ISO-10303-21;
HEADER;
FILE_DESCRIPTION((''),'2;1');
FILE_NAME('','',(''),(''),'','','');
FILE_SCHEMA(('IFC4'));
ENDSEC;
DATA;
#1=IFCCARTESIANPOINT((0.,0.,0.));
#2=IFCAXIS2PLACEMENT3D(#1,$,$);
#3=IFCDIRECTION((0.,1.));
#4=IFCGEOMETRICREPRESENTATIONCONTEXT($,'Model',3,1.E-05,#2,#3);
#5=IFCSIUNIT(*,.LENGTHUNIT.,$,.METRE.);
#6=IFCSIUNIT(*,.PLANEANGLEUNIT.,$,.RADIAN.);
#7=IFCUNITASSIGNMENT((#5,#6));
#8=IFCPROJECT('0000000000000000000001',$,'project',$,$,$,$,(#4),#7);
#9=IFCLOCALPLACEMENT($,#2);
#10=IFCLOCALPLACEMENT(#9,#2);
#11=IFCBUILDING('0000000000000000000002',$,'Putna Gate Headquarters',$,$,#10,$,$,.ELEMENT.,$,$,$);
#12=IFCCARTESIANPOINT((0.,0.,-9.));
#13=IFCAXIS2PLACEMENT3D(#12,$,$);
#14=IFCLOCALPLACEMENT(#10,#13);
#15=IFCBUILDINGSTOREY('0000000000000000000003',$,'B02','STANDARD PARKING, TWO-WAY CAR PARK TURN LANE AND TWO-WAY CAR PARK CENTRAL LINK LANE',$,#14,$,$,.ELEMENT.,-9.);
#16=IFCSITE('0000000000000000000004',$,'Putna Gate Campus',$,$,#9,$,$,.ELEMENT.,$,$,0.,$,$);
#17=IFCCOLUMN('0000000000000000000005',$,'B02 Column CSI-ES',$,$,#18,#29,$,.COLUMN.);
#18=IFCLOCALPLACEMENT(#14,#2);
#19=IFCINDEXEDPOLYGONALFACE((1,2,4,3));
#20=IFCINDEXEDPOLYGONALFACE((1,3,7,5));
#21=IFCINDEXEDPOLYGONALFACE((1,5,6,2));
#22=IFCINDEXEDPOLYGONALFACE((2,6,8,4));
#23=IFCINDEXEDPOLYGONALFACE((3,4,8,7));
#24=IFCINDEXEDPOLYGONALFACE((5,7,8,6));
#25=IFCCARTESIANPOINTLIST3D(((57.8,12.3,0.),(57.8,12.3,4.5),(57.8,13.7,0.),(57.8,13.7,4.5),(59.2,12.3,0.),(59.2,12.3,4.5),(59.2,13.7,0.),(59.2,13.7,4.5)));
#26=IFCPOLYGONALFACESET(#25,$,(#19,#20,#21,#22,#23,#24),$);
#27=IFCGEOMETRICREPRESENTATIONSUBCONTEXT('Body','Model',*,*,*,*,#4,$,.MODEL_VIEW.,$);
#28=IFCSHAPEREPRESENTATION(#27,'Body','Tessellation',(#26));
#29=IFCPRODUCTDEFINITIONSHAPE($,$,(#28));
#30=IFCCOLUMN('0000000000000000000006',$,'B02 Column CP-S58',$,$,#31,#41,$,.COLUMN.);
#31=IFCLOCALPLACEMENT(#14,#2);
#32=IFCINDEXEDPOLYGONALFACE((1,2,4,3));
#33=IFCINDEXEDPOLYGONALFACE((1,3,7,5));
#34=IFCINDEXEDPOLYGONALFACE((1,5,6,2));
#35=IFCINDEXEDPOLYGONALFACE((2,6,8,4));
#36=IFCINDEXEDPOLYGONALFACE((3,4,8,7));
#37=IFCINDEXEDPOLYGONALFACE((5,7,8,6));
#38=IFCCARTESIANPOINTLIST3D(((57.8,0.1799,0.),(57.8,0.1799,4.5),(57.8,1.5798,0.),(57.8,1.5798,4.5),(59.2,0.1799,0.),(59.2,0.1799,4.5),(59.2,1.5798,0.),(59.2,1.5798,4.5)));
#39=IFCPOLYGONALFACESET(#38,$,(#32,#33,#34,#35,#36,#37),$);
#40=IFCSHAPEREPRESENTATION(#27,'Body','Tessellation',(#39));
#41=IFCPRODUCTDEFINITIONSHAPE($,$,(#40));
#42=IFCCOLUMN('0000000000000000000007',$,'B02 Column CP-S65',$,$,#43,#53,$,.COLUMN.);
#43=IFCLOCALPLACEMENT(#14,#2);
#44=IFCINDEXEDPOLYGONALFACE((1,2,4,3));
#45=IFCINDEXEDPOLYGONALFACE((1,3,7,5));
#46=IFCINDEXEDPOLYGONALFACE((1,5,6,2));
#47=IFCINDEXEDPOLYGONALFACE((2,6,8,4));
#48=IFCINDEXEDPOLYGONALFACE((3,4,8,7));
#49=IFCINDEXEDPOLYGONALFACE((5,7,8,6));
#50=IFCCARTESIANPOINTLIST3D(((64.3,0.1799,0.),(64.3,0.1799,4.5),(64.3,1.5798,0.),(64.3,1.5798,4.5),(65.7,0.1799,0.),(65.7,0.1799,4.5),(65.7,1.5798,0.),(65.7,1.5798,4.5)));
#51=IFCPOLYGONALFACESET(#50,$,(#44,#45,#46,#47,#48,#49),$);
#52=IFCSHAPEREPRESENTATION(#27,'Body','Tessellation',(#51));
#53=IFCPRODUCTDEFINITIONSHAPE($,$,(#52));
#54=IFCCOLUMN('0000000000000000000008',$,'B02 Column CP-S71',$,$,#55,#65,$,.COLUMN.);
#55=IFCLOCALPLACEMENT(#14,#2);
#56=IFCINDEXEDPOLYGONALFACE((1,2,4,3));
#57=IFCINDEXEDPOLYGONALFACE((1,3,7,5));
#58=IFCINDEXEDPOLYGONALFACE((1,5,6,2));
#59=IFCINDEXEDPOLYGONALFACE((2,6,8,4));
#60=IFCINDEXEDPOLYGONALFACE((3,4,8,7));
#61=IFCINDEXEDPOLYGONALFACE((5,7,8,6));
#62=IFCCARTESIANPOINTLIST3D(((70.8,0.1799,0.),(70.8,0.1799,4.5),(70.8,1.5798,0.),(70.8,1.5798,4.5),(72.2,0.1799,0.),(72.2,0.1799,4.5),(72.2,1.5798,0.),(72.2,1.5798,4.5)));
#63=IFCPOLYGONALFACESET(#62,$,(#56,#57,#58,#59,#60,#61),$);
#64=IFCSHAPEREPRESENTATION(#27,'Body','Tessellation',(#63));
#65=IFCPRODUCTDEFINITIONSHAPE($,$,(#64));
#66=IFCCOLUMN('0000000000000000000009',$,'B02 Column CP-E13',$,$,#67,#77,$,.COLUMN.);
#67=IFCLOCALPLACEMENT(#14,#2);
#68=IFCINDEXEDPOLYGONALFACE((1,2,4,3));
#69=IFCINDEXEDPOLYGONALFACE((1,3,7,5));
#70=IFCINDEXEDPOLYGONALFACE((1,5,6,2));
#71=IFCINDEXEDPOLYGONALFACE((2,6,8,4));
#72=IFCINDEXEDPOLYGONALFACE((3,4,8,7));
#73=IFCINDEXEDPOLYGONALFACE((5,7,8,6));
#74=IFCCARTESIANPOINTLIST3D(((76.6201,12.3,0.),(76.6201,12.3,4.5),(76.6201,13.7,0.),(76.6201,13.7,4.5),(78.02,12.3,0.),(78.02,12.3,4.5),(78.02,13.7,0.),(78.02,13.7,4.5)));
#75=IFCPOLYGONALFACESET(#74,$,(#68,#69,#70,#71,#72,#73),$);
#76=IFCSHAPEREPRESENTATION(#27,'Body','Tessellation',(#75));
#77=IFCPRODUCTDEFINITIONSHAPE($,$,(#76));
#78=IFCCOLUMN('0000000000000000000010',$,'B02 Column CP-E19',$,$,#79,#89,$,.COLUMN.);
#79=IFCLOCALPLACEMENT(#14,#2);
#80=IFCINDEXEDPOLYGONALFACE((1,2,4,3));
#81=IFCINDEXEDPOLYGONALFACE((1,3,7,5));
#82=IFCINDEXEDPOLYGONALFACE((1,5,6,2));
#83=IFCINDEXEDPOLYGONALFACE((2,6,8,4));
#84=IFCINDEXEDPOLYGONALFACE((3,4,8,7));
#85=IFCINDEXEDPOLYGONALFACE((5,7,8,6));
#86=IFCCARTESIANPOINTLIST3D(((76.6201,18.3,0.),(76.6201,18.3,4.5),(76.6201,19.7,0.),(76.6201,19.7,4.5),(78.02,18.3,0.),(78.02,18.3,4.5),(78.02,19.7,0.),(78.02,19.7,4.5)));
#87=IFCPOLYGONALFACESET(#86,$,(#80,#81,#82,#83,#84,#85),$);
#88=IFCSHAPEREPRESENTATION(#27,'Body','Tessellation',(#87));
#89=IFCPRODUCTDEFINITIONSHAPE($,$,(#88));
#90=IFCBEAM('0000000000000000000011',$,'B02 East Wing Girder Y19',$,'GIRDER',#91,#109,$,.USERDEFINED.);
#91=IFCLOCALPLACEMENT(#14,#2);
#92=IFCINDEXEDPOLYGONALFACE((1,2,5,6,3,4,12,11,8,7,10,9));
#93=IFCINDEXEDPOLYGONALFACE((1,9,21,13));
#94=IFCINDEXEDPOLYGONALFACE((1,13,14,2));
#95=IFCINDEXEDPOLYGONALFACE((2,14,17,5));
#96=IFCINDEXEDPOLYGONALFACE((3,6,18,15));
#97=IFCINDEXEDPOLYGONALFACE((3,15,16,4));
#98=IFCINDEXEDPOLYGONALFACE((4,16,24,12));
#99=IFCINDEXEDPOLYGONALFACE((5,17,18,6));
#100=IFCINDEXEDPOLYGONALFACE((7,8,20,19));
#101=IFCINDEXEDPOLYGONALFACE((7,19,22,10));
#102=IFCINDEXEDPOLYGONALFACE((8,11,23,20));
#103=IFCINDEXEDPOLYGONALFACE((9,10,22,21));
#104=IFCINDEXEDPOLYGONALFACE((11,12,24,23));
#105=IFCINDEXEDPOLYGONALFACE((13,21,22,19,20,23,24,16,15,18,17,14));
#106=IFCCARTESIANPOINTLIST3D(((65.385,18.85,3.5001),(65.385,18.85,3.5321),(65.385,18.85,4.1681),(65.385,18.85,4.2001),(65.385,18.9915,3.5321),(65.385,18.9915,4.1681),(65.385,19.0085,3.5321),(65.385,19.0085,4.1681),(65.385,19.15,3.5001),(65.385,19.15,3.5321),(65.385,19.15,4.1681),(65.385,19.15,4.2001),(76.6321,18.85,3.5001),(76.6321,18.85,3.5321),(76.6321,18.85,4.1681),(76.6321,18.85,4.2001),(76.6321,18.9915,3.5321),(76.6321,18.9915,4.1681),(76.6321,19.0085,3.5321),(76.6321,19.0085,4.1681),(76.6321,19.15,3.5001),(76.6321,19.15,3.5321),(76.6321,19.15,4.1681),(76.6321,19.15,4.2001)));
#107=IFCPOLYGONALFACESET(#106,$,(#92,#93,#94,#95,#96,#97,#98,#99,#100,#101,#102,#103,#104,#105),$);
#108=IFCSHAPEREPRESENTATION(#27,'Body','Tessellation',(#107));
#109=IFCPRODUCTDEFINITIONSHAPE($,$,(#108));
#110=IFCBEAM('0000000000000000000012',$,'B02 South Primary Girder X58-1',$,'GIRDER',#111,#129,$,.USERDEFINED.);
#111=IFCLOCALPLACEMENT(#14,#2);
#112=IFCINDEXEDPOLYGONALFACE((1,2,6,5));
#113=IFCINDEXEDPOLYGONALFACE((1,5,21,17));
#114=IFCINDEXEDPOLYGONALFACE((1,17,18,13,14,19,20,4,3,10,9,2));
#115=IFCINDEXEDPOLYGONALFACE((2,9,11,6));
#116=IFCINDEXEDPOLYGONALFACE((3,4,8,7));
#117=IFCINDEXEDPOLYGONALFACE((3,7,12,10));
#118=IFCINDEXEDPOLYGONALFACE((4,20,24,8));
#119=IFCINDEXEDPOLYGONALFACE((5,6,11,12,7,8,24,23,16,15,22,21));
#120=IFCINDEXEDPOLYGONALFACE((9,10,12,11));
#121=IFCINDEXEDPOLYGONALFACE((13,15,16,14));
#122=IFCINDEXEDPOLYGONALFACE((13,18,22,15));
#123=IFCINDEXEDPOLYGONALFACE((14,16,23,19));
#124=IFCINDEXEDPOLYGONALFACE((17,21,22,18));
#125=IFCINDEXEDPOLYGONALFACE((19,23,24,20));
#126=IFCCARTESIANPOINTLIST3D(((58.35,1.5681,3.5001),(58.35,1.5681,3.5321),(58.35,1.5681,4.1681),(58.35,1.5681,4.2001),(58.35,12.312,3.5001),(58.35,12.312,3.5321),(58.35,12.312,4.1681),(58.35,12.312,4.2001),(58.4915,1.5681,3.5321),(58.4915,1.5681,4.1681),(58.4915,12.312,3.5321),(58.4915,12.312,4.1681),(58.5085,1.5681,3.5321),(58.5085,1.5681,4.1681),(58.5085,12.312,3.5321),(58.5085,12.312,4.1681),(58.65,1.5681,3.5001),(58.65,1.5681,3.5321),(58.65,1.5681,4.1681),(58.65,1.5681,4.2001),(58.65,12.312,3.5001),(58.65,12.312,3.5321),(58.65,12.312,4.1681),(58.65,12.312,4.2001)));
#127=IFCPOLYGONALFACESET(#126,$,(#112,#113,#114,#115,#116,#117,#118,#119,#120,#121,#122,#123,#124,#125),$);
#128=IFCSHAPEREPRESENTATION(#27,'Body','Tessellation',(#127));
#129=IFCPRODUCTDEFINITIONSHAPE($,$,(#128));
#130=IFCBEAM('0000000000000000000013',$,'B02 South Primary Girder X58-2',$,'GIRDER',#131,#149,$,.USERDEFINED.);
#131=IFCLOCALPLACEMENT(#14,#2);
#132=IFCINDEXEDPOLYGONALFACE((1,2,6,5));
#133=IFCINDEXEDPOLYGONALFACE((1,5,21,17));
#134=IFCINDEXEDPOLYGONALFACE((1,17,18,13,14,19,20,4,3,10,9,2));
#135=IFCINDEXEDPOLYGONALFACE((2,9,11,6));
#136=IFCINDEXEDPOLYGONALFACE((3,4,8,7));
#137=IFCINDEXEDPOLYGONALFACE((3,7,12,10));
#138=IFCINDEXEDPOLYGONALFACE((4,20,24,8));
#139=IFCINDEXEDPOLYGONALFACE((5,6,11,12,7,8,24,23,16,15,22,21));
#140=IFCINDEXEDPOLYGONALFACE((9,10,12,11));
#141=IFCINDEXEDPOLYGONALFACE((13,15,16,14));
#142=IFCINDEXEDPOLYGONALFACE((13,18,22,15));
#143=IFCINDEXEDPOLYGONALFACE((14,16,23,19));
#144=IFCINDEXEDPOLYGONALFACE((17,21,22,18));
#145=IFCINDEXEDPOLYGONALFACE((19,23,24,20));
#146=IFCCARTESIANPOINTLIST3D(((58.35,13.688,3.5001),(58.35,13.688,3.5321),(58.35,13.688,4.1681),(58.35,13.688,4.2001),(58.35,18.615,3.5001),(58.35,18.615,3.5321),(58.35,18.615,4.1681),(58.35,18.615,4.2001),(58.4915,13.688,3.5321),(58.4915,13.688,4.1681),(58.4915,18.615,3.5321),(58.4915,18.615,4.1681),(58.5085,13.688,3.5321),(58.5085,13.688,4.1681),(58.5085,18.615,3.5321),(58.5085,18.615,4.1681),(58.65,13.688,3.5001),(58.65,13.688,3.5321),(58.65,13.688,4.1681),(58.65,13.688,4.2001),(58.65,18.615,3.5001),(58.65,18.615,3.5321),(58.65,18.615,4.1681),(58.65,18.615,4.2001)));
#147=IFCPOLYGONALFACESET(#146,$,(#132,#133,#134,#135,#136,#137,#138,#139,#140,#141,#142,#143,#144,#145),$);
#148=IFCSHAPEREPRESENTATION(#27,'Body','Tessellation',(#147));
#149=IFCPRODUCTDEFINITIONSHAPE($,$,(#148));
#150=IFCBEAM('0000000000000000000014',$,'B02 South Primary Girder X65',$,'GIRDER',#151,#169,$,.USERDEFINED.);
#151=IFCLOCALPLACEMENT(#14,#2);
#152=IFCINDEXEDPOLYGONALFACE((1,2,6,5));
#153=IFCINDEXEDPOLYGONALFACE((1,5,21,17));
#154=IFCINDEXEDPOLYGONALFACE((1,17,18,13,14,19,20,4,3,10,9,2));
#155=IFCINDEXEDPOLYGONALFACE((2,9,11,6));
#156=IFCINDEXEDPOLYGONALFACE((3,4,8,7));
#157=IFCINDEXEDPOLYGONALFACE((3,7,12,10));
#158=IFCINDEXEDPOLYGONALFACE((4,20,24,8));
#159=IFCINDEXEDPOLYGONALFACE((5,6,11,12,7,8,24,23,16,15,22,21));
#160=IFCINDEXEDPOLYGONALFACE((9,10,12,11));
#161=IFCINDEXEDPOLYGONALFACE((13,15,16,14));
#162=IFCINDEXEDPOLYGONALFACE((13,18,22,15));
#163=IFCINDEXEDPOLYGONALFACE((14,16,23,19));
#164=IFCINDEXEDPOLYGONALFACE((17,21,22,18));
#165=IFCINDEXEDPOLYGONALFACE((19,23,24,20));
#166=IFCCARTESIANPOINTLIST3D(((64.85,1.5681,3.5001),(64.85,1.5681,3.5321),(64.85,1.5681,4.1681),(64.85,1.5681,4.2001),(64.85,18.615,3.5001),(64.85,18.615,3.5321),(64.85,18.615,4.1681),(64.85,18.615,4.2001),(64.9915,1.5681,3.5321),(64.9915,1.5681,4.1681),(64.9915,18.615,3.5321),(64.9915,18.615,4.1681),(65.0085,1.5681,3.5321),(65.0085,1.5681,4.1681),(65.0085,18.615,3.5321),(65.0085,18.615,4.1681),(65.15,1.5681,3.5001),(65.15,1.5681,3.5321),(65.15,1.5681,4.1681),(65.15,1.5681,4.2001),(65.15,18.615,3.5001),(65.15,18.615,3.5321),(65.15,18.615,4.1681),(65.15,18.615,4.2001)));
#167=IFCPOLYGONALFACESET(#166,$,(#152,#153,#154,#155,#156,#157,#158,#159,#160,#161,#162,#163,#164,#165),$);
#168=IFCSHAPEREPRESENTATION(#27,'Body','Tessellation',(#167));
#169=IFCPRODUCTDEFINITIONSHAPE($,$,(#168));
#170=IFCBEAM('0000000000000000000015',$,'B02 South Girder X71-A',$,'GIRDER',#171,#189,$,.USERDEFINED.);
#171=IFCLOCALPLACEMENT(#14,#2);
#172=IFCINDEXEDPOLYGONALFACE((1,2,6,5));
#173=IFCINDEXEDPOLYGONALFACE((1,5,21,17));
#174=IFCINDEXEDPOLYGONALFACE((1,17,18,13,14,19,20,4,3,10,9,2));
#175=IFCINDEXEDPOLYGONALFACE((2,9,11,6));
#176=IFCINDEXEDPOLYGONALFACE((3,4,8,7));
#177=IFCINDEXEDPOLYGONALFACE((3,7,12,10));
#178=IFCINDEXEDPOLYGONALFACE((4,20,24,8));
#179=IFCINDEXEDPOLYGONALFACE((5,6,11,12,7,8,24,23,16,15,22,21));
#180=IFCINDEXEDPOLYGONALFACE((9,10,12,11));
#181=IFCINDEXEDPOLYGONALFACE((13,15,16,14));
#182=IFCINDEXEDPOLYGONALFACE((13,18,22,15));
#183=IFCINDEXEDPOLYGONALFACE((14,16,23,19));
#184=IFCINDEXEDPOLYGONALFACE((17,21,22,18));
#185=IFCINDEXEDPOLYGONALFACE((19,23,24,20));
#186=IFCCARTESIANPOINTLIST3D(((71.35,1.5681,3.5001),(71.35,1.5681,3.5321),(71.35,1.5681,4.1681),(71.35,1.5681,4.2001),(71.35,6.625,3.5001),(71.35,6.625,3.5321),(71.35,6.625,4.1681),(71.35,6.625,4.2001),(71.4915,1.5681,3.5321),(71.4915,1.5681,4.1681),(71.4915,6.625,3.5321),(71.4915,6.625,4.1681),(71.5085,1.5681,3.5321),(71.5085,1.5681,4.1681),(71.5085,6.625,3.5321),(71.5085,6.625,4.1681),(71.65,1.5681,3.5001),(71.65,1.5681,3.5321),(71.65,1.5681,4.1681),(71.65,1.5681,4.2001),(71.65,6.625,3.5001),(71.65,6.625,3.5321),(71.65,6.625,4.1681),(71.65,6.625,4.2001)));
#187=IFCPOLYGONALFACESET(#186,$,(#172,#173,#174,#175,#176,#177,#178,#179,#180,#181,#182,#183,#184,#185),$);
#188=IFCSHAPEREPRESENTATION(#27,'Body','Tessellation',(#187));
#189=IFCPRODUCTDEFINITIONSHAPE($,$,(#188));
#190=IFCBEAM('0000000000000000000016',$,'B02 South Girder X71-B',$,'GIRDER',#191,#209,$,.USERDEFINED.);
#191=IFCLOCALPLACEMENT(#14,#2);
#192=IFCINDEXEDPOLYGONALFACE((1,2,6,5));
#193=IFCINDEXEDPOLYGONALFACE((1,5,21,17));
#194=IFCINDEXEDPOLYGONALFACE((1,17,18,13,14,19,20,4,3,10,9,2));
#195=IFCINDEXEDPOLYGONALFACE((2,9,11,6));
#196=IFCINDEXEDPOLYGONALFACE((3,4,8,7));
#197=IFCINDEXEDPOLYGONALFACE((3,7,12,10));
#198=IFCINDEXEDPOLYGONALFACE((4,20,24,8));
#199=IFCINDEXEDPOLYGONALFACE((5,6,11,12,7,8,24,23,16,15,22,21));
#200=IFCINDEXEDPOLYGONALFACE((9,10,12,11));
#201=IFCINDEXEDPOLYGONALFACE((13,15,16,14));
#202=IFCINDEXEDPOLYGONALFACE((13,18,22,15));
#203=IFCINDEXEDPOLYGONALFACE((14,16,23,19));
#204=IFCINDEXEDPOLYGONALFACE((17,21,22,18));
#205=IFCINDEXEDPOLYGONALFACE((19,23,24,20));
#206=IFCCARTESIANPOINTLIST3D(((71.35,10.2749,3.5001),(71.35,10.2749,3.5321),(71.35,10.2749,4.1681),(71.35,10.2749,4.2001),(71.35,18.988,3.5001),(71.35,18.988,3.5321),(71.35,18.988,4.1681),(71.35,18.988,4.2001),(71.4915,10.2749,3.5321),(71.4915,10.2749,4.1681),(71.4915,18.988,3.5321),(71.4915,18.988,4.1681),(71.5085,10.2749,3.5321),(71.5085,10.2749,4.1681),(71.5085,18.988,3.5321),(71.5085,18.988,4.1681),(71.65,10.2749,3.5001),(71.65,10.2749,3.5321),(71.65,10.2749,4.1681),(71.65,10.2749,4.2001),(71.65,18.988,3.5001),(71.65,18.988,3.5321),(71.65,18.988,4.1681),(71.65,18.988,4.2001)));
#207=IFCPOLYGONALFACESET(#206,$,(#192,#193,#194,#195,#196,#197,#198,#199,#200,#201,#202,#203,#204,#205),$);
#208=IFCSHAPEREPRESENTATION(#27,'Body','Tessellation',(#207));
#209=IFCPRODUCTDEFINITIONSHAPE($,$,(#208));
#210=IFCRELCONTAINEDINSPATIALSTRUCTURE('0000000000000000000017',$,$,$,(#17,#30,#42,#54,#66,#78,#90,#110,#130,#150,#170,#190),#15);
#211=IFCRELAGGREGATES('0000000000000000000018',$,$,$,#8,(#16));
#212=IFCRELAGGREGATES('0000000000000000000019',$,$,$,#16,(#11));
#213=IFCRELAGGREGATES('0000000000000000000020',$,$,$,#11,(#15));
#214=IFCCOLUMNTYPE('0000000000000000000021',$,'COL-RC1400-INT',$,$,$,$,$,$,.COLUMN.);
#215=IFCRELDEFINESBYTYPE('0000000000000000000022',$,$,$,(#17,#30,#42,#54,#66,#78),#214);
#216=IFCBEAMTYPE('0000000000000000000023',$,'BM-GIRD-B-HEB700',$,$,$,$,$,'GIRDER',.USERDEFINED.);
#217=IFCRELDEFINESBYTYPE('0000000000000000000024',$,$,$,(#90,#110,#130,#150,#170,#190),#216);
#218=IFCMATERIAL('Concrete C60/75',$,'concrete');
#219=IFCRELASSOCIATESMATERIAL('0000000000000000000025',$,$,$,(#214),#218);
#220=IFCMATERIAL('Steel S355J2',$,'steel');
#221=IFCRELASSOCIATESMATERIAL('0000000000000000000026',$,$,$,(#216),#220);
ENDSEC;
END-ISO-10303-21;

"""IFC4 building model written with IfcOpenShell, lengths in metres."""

from ifc_helpers import new_model, si_unit, direction, frame, origin, origin_2d, place, context, subcontext, project, spatial, rectangle, i_section, extrude, material, material_profile, profile_set, type_object, element, save


model = new_model("IFC4")

# Units and contexts
model_context = context("Model", 3, precision=1e-05, world=origin(), true_north=direction((0.0, 1.0)))
body_context = subcontext(model_context, "Body", "Model", "MODEL_VIEW")
ifc_project = project(units=[si_unit("LENGTHUNIT", "METRE"), si_unit("PLANEANGLEUNIT", "RADIAN")], contexts=[model_context])

# Site, building, storey
site_placement = place(None, origin())
site = spatial("IfcSite", under=ifc_project, at=site_placement, Name="Putna Gate Campus", CompositionType="ELEMENT", RefElevation=0.0)
building_placement = place(site_placement, origin())
building = spatial("IfcBuilding", under=site, at=building_placement, Name="Putna Gate Headquarters", CompositionType="ELEMENT")
storey_placement = place(building_placement, frame((0.0, 0.0, -9.0)))
storey = spatial("IfcBuildingStorey", under=building, at=storey_placement, Name="B02", Description="STANDARD PARKING, TWO-WAY CAR PARK TURN LANE AND TWO-WAY CAR PARK CENTRAL LINK LANE", CompositionType="ELEMENT", Elevation=-9.0)

# Columns
ifc_material_1 = material(Name="Concrete C60/75", Category="concrete")
ifc_material_profile_1 = material_profile(ifc_material_1, rectangle(XDim=1.3999, YDim=1.3999, at=origin_2d()), Name="Concrete C60/75")
ifc_profile_set_1 = profile_set([ifc_material_profile_1], Name="Concrete C60/75")
column_type = type_object("IfcColumnType", Name="COL-RC1400-INT", PredefinedType="COLUMN", material=ifc_profile_set_1)
for number, where, z_axis, x_axis, name in (
    (1, (58.5, 13.0, 0.0), (0.0, 0.0, 1.0), (1.0, 0.0, 0.0), "B02 Column CSI-ES"),
    (2, (58.5, 0.8799, 0.0), (0.0, 0.0, 1.0), (1.0, 0.0, 0.0), "B02 Column CP-S58"),
    (3, (65.0, 0.8799, 0.0), (0.0, 0.0, 1.0), (1.0, 0.0, 0.0), "B02 Column CP-S65"),
    (4, (71.5, 0.8799, 0.0), (0.0, 0.0, 1.0), (1.0, 0.0, 0.0), "B02 Column CP-S71"),
    (5, (77.3201, 13.0, 0.0), (0.0, 0.0, 1.0), (1.0, 0.0, 0.0), "B02 Column CP-E13"),
    (6, (77.3201, 19.0, 0.0), (0.0, 0.0, 1.0), (1.0, 0.0, 0.0), "B02 Column CP-E19"),
):
    element("IfcColumn", number, at=place(storey_placement, frame(where, z_axis=z_axis, x_axis=x_axis)), inside=storey, type_object=column_type, Name=name, PredefinedType="COLUMN", context=body_context, shape_type="SweptSolid", body=[
        extrude(rectangle(XDim=1.3999, YDim=1.3999, at=origin_2d()), origin(), (0.0, 0.0, 1.0), 4.5),
    ])

# Beams
ifc_material_2 = material(Name="Steel S355J2", Category="steel")
ifc_material_profile_2 = material_profile(ifc_material_2, i_section(OverallWidth=0.3, OverallDepth=0.7, WebThickness=0.0171, FlangeThickness=0.032, at=origin_2d()), Name="Steel S355J2")
ifc_profile_set_2 = profile_set([ifc_material_profile_2], Name="Steel S355J2")
beam_type_1 = type_object("IfcBeamType", Name="BM-GIRD-B-HEB700", ElementType="GIRDER", PredefinedType="USERDEFINED", material=ifc_profile_set_2)
beam_1_placement = place(storey_placement, frame((65.385, 19.0, 3.8501), z_axis=(1.0, 0.0, 0.0), x_axis=(0.0, 1.0, 0.0)))
element("IfcBeam", 7, at=beam_1_placement, inside=storey, type_object=beam_type_1, Name="B02 East Wing Girder Y19", ObjectType="GIRDER", PredefinedType="USERDEFINED", context=body_context, shape_type="SweptSolid", body=[
    extrude(i_section(OverallWidth=0.3, OverallDepth=0.7, WebThickness=0.0171, FlangeThickness=0.032, at=origin_2d()), origin(), (0.0, 0.0, 1.0), 11.2471),
])
beam_2_placement = place(storey_placement, frame((58.5, 1.5681, 3.8501), z_axis=(0.0, 1.0, 0.0), x_axis=(-1.0, 0.0, 0.0)))
element("IfcBeam", 8, at=beam_2_placement, inside=storey, type_object=beam_type_1, Name="B02 South Primary Girder X58-1", ObjectType="GIRDER", PredefinedType="USERDEFINED", context=body_context, shape_type="SweptSolid", body=[
    extrude(i_section(OverallWidth=0.3, OverallDepth=0.7, WebThickness=0.0171, FlangeThickness=0.032, at=origin_2d()), origin(), (0.0, 0.0, 1.0), 10.7439),
])
beam_3_placement = place(storey_placement, frame((58.5, 13.688, 3.8501), z_axis=(0.0, 1.0, 0.0), x_axis=(-1.0, 0.0, 0.0)))
element("IfcBeam", 9, at=beam_3_placement, inside=storey, type_object=beam_type_1, Name="B02 South Primary Girder X58-2", ObjectType="GIRDER", PredefinedType="USERDEFINED", context=body_context, shape_type="SweptSolid", body=[
    extrude(i_section(OverallWidth=0.3, OverallDepth=0.7, WebThickness=0.0171, FlangeThickness=0.032, at=origin_2d()), origin(), (0.0, 0.0, 1.0), 4.927),
])
beam_4_placement = place(storey_placement, frame((65.0, 1.5681, 3.8501), z_axis=(0.0, 1.0, 0.0), x_axis=(-1.0, 0.0, 0.0)))
element("IfcBeam", 10, at=beam_4_placement, inside=storey, type_object=beam_type_1, Name="B02 South Primary Girder X65", ObjectType="GIRDER", PredefinedType="USERDEFINED", context=body_context, shape_type="SweptSolid", body=[
    extrude(i_section(OverallWidth=0.3, OverallDepth=0.7, WebThickness=0.0171, FlangeThickness=0.032, at=origin_2d()), origin(), (0.0, 0.0, 1.0), 17.0469),
])
beam_5_placement = place(storey_placement, frame((71.5, 1.5681, 3.8501), z_axis=(0.0, 1.0, 0.0), x_axis=(-1.0, 0.0, 0.0)))
element("IfcBeam", 11, at=beam_5_placement, inside=storey, type_object=beam_type_1, Name="B02 South Girder X71-A", ObjectType="GIRDER", PredefinedType="USERDEFINED", context=body_context, shape_type="SweptSolid", body=[
    extrude(i_section(OverallWidth=0.3, OverallDepth=0.7, WebThickness=0.0171, FlangeThickness=0.032, at=origin_2d()), origin(), (0.0, 0.0, 1.0), 5.0569),
])
beam_6_placement = place(storey_placement, frame((71.5, 10.2749, 3.8501), z_axis=(0.0, 1.0, 0.0), x_axis=(-1.0, 0.0, 0.0)))
element("IfcBeam", 12, at=beam_6_placement, inside=storey, type_object=beam_type_1, Name="B02 South Girder X71-B", ObjectType="GIRDER", PredefinedType="USERDEFINED", context=body_context, shape_type="SweptSolid", body=[
    extrude(i_section(OverallWidth=0.3, OverallDepth=0.7, WebThickness=0.0171, FlangeThickness=0.032, at=origin_2d()), origin(), (0.0, 0.0, 1.0), 8.7131),
])

save(model, "model.ifc")
